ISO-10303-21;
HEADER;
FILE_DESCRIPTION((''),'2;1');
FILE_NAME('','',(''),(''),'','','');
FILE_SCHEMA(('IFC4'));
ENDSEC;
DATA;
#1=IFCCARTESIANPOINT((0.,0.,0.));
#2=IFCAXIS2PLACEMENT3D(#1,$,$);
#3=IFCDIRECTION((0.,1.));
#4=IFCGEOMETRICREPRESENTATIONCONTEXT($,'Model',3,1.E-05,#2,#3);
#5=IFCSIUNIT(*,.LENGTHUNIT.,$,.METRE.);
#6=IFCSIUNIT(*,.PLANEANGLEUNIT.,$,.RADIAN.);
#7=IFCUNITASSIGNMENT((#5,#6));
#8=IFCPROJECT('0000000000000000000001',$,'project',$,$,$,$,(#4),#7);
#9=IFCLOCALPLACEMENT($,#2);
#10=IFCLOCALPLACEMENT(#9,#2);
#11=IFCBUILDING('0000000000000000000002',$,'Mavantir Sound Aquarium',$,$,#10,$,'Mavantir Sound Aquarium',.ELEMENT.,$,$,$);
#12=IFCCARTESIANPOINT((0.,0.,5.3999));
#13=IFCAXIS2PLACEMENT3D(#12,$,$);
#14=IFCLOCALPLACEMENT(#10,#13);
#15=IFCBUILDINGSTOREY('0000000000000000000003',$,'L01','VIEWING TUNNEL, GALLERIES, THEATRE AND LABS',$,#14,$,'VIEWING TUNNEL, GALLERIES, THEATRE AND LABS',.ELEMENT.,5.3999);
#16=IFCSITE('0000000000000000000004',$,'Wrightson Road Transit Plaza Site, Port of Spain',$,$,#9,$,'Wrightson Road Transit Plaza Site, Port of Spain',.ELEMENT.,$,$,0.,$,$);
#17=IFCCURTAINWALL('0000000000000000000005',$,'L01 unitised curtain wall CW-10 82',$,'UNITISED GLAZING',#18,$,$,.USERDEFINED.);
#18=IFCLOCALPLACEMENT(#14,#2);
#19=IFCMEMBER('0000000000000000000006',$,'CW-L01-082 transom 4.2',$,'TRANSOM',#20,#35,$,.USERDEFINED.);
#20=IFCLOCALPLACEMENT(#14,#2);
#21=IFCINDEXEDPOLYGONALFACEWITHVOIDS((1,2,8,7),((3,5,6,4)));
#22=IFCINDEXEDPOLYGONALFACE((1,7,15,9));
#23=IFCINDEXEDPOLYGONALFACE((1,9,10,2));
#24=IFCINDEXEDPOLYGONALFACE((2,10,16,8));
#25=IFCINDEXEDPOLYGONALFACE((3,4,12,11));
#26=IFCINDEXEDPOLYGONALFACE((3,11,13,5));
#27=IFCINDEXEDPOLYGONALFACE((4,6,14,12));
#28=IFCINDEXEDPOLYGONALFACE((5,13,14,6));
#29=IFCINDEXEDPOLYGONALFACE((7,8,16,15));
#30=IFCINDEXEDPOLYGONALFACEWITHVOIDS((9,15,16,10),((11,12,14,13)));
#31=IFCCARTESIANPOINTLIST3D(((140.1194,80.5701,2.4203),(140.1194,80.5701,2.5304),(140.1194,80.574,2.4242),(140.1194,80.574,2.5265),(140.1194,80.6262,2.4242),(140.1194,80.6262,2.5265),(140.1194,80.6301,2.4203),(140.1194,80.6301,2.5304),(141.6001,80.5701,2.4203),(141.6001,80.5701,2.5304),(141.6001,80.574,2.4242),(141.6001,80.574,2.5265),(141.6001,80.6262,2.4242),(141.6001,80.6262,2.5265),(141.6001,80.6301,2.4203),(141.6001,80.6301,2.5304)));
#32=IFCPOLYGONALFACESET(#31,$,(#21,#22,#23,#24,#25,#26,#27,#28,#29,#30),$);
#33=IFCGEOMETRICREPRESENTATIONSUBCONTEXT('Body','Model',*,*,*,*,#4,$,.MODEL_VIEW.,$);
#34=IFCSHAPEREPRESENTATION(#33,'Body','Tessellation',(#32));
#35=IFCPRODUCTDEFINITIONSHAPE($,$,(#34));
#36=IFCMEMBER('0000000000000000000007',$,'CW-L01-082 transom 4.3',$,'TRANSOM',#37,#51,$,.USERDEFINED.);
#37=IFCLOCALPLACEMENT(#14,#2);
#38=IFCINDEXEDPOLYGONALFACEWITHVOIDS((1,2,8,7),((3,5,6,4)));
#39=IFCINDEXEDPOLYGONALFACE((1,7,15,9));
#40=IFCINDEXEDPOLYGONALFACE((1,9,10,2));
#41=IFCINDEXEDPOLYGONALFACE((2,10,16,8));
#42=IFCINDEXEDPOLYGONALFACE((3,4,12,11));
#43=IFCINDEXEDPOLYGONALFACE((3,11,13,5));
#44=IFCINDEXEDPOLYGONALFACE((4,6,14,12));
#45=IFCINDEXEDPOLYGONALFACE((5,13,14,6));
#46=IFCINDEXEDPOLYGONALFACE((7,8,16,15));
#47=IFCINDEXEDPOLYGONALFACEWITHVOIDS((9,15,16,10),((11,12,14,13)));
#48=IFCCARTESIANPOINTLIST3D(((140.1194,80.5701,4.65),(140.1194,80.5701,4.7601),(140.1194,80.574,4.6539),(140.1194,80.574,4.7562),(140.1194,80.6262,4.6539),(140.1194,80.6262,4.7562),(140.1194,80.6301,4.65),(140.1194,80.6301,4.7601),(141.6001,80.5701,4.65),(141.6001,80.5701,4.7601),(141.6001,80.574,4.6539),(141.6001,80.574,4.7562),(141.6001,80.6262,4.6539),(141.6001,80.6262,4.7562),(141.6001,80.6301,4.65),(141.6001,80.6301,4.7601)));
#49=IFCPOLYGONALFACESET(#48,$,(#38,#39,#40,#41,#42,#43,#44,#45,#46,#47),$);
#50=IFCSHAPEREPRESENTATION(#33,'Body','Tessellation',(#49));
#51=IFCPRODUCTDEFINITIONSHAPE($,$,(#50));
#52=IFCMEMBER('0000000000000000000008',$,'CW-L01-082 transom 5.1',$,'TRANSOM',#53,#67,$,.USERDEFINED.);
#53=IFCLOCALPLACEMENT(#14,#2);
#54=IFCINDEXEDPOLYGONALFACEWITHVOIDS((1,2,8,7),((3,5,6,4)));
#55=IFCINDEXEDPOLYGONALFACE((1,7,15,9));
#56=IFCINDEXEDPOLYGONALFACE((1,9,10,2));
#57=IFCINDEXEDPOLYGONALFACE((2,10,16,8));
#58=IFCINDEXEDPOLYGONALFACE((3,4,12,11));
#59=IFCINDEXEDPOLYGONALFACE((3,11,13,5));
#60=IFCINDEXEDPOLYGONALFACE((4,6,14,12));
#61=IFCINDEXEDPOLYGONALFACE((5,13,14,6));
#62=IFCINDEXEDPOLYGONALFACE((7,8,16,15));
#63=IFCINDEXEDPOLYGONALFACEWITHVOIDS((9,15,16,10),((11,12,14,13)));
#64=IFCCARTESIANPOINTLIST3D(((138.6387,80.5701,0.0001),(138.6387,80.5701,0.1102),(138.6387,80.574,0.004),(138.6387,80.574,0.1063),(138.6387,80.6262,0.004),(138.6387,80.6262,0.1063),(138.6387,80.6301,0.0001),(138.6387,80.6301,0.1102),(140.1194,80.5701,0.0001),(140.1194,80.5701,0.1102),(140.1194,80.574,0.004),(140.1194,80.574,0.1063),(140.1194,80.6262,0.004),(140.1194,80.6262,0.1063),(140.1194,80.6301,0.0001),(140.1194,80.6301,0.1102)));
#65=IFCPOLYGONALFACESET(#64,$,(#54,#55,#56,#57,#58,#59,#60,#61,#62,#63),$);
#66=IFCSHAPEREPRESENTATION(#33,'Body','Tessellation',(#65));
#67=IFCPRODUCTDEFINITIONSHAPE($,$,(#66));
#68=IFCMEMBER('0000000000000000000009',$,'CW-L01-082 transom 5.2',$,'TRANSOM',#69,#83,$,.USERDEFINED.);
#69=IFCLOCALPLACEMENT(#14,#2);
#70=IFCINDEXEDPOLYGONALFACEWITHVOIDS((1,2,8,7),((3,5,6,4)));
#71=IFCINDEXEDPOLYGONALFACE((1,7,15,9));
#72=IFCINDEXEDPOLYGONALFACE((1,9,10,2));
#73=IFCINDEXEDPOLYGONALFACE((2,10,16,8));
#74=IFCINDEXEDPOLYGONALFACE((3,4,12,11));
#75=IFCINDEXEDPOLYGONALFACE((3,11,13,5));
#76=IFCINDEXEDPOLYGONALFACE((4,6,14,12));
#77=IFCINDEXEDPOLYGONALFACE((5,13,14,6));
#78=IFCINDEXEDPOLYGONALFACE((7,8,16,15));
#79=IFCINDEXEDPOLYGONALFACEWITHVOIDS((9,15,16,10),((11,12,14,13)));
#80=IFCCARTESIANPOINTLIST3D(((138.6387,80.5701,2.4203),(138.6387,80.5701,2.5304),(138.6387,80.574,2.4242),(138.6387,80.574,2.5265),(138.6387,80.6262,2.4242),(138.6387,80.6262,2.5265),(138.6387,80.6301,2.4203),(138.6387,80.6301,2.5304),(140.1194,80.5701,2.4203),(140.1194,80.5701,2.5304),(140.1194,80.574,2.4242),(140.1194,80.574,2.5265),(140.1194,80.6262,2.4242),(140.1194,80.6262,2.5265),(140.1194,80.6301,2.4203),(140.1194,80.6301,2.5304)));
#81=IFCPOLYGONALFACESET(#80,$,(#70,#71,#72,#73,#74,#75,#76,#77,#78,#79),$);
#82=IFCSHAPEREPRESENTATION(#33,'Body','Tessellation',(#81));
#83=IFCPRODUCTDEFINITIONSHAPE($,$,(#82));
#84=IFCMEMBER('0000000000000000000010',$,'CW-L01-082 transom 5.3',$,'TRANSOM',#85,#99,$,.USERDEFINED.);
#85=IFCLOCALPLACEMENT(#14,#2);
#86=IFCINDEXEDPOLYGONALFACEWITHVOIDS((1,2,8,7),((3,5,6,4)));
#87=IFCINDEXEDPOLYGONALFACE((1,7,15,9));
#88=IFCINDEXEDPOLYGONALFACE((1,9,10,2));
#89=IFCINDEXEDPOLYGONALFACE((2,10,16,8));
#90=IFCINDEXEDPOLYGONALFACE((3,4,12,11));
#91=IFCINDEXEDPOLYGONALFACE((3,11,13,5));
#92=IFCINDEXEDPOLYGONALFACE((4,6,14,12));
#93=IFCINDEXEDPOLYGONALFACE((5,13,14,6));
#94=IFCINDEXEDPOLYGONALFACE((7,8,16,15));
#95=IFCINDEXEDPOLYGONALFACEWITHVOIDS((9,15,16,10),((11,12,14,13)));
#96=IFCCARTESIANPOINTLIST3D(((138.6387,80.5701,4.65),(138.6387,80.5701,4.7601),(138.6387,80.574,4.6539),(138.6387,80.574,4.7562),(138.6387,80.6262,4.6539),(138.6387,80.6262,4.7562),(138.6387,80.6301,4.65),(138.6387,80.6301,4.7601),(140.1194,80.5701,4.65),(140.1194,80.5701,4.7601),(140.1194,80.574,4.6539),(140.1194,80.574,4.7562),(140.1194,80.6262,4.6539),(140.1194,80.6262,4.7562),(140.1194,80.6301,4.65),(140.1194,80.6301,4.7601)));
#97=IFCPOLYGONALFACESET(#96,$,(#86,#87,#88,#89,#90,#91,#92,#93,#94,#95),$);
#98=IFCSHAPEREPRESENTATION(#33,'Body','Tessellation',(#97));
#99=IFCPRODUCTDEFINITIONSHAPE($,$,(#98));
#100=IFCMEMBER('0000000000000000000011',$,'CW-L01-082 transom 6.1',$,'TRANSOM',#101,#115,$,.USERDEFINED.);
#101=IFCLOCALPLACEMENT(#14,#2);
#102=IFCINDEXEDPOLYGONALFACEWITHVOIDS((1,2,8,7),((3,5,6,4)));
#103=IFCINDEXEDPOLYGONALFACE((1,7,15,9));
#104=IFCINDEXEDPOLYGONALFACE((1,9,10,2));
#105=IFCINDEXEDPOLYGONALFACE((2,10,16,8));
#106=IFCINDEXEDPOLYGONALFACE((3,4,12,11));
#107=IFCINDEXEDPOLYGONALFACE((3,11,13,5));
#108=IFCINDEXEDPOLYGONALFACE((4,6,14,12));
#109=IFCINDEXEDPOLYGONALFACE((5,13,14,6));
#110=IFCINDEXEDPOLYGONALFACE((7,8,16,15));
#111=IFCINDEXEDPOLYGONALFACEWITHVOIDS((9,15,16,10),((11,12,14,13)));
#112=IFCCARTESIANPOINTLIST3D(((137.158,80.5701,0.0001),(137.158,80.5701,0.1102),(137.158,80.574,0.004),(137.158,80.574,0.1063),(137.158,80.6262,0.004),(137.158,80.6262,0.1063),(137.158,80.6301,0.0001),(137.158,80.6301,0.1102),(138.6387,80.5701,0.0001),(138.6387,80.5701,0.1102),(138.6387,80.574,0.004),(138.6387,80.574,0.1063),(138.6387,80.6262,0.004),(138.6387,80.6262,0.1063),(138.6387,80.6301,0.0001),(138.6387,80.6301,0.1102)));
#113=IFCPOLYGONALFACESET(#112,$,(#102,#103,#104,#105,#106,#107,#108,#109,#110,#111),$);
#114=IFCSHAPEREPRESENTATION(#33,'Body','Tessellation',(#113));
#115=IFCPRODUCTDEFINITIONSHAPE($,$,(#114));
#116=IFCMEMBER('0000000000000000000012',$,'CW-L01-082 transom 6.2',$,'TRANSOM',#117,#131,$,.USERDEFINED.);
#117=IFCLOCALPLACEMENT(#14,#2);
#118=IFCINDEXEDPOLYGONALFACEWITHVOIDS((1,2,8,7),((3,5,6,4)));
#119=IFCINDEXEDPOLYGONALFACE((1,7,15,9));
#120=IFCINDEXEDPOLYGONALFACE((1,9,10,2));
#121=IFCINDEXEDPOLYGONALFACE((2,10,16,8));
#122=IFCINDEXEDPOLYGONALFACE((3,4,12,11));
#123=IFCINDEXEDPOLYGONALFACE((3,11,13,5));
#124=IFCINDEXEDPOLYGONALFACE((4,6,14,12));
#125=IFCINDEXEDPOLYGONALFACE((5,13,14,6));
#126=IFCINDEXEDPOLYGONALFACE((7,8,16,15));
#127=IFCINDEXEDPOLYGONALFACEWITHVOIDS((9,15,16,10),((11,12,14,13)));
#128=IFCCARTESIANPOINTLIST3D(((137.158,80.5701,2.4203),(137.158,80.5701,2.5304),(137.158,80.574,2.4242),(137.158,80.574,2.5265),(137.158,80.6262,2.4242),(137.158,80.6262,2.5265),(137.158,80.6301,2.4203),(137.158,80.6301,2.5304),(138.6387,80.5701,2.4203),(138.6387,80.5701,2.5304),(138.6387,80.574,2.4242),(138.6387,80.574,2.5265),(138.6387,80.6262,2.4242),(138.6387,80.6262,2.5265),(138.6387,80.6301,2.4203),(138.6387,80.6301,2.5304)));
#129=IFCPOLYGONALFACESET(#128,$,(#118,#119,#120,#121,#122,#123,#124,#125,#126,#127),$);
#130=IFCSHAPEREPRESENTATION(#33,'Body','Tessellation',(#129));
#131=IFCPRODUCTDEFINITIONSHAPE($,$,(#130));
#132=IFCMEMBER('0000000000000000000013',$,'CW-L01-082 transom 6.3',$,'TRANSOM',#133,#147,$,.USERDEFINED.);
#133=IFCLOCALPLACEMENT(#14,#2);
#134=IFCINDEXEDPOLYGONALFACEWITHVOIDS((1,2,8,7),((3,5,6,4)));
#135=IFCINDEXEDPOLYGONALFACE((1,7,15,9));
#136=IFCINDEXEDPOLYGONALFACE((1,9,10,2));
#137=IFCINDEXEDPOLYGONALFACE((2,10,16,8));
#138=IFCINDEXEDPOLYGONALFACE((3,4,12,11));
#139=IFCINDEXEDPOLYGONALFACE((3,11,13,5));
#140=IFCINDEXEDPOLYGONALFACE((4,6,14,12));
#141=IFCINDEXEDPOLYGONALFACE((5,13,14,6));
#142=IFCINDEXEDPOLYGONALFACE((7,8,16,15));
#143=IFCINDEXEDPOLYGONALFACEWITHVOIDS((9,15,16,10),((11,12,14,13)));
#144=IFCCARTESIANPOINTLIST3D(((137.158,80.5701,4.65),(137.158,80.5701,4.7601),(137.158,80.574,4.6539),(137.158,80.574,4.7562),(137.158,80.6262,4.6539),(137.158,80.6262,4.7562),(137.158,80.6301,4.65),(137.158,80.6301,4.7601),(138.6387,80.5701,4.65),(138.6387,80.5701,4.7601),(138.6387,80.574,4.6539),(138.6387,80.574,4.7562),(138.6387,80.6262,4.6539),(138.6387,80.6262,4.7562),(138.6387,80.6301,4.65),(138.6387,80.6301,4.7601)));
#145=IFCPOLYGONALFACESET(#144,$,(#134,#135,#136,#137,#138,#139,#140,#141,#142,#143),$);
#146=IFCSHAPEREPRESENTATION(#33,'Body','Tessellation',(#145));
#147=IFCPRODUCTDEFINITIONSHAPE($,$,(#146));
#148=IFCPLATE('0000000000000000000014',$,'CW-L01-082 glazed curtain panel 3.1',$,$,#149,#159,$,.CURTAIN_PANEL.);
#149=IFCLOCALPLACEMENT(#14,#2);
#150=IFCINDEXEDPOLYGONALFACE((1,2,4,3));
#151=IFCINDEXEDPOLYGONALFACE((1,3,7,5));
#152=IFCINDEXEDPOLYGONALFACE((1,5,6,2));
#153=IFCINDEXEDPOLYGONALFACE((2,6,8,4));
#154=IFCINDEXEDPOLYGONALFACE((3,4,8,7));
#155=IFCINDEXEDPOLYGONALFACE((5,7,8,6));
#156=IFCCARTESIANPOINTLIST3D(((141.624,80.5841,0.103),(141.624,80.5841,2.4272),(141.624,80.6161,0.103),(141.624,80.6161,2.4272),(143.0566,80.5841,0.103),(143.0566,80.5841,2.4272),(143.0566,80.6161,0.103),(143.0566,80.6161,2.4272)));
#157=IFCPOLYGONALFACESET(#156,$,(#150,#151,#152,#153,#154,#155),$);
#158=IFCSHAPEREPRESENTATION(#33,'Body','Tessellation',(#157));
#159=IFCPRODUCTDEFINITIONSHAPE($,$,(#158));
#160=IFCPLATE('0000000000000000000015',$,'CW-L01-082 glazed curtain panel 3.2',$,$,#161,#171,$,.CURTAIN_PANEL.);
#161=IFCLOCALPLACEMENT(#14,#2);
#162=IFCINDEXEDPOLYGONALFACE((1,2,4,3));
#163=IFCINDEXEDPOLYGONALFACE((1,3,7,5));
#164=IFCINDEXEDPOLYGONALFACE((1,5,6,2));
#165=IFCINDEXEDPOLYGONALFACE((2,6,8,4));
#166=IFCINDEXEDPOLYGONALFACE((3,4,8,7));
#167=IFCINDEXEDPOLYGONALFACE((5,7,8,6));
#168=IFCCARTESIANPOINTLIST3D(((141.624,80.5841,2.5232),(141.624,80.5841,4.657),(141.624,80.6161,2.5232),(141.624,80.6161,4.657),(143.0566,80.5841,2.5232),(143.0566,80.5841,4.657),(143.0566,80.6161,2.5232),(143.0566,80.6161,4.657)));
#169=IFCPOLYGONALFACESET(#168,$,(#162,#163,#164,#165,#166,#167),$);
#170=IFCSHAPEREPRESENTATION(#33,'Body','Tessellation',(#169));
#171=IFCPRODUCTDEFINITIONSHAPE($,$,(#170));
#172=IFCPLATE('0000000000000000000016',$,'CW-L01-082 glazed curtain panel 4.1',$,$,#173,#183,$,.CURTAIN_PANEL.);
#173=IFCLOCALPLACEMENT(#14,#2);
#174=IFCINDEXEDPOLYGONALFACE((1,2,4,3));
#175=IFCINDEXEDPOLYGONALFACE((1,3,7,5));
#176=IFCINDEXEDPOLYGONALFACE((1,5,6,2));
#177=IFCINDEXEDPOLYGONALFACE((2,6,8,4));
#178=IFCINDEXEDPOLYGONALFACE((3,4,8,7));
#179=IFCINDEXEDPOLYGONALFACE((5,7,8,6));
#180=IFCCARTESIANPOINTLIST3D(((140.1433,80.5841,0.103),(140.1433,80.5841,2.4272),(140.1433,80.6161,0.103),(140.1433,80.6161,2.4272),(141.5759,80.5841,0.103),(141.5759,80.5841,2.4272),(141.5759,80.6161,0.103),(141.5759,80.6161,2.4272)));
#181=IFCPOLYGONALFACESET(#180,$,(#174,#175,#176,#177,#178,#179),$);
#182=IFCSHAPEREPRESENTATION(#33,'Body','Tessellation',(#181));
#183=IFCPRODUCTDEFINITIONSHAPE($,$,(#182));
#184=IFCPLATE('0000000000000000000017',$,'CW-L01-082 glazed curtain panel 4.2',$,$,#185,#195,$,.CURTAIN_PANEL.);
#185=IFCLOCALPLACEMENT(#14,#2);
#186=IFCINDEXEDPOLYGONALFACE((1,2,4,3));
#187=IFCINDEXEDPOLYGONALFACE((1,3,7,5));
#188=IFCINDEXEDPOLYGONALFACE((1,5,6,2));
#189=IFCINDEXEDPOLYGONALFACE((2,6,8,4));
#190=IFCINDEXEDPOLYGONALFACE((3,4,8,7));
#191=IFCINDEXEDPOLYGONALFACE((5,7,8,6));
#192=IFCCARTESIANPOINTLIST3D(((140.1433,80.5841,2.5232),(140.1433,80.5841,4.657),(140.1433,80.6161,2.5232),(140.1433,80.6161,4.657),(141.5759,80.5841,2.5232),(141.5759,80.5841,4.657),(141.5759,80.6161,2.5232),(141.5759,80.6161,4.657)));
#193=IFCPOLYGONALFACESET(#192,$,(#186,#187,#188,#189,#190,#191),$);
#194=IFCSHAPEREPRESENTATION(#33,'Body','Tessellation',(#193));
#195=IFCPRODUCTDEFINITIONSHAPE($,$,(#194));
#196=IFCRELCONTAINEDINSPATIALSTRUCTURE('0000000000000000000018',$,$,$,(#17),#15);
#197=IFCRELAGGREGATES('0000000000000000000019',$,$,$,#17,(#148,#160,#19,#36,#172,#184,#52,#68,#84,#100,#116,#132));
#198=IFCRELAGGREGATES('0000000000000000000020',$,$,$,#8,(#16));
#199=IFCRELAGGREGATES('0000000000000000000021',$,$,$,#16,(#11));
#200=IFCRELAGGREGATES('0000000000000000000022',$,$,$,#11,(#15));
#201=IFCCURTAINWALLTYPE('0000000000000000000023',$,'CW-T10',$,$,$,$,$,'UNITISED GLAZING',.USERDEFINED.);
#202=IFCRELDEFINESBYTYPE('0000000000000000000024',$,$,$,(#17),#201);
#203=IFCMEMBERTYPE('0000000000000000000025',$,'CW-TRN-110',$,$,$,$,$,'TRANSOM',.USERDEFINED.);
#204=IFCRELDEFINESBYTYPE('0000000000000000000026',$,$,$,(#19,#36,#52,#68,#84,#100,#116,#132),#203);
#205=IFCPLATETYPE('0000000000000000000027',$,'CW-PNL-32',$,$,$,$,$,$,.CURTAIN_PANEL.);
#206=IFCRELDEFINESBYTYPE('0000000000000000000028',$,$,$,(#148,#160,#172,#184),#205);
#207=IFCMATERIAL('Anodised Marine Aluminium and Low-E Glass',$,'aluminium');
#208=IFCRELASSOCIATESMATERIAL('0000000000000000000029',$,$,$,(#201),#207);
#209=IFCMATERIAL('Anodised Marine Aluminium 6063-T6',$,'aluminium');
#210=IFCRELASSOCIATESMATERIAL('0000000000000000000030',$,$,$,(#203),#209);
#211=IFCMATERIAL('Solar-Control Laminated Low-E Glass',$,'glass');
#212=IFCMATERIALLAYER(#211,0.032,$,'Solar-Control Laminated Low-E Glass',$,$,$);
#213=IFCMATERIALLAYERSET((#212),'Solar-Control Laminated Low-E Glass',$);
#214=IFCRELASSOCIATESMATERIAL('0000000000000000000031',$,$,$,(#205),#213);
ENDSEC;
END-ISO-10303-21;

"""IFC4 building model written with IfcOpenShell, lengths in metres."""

from ifc_helpers import new_model, si_unit, direction, frame, origin, origin_2d, place, context, subcontext, project, spatial, rectangle, hollow_rectangle, extrude, material, layer, layer_set, material_profile, profile_set, type_object, element, aggregate, save


model = new_model("IFC4")

# Units and contexts
model_context = context("Model", 3, precision=1e-05, world=origin(), true_north=direction((0.0, 1.0)))
body_context = subcontext(model_context, "Body", "Model", "MODEL_VIEW")
ifc_project = project(units=[si_unit("LENGTHUNIT", "METRE"), si_unit("PLANEANGLEUNIT", "RADIAN")], contexts=[model_context])

# Site, building, storey
site_placement = place(None, origin())
site = spatial("IfcSite", under=ifc_project, at=site_placement, Name="Wrightson Road Transit Plaza Site, Port of Spain", LongName="Wrightson Road Transit Plaza Site, Port of Spain", CompositionType="ELEMENT", RefElevation=0.0)
building_placement = place(site_placement, origin())
building = spatial("IfcBuilding", under=site, at=building_placement, Name="Mavantir Sound Aquarium", LongName="Mavantir Sound Aquarium", CompositionType="ELEMENT")
storey_placement = place(building_placement, frame((0.0, 0.0, 5.3999)))
storey = spatial("IfcBuildingStorey", under=building, at=storey_placement, Name="L01", Description="VIEWING TUNNEL, GALLERIES, THEATRE AND LABS", LongName="VIEWING TUNNEL, GALLERIES, THEATRE AND LABS", CompositionType="ELEMENT", Elevation=5.3999)

# Curtain wall, members, plates
ifc_material_1 = material(Name="Anodised Marine Aluminium and Low-E Glass", Category="aluminium")
curtain_wall_type = type_object("IfcCurtainWallType", Name="CW-T10", ElementType="UNITISED GLAZING", PredefinedType="USERDEFINED", material=ifc_material_1)
curtain_wall_placement = place(storey_placement, origin())
curtain_wall = element("IfcCurtainWall", 1, at=curtain_wall_placement, inside=storey, type_object=curtain_wall_type, Name="L01 unitised curtain wall CW-10 82", ObjectType="UNITISED GLAZING", PredefinedType="USERDEFINED")
ifc_material_2 = material(Name="Anodised Marine Aluminium 6063-T6", Category="aluminium")
ifc_material_profile_1 = material_profile(ifc_material_2, hollow_rectangle(XDim=0.0601, YDim=0.1101, WallThickness=0.0039, at=origin_2d()), Name="ALU-TRANSOM-110X60")
ifc_profile_set_1 = profile_set([ifc_material_profile_1], Name="Anodised Marine Aluminium 6063-T6")
member_type_1 = type_object("IfcMemberType", Name="CW-TRN-110", ElementType="TRANSOM", PredefinedType="USERDEFINED", material=ifc_profile_set_1)
member_1_placement = place(storey_placement, frame((141.6001, 80.6001, 2.4753), z_axis=(-1.0, 0.0, 0.0), x_axis=(0.0, -1.0, 0.0)))
member_1 = element("IfcMember", 2, at=member_1_placement, type_object=member_type_1, Name="CW-L01-082 transom 4.2", ObjectType="TRANSOM", PredefinedType="USERDEFINED", context=body_context, shape_type="SweptSolid", body=[
    extrude(hollow_rectangle(XDim=0.0601, YDim=0.1101, WallThickness=0.0039, at=origin_2d()), origin(), (0.0, 0.0, 1.0), 1.4807),
])
member_2_placement = place(storey_placement, frame((141.6001, 80.6001, 4.7051), z_axis=(-1.0, 0.0, 0.0), x_axis=(0.0, -1.0, 0.0)))
member_2 = element("IfcMember", 3, at=member_2_placement, type_object=member_type_1, Name="CW-L01-082 transom 4.3", ObjectType="TRANSOM", PredefinedType="USERDEFINED", context=body_context, shape_type="SweptSolid", body=[
    extrude(hollow_rectangle(XDim=0.0601, YDim=0.1101, WallThickness=0.0039, at=origin_2d()), origin(), (0.0, 0.0, 1.0), 1.4807),
])
member_3_placement = place(storey_placement, frame((140.1194, 80.6001, 0.0552), z_axis=(-1.0, 0.0, 0.0), x_axis=(0.0, -1.0, 0.0)))
member_3 = element("IfcMember", 4, at=member_3_placement, type_object=member_type_1, Name="CW-L01-082 transom 5.1", ObjectType="TRANSOM", PredefinedType="USERDEFINED", context=body_context, shape_type="SweptSolid", body=[
    extrude(hollow_rectangle(XDim=0.0601, YDim=0.1101, WallThickness=0.0039, at=origin_2d()), origin(), (0.0, 0.0, 1.0), 1.4807),
])
member_4_placement = place(storey_placement, frame((140.1194, 80.6001, 2.4753), z_axis=(-1.0, 0.0, 0.0), x_axis=(0.0, -1.0, 0.0)))
member_4 = element("IfcMember", 5, at=member_4_placement, type_object=member_type_1, Name="CW-L01-082 transom 5.2", ObjectType="TRANSOM", PredefinedType="USERDEFINED", context=body_context, shape_type="SweptSolid", body=[
    extrude(hollow_rectangle(XDim=0.0601, YDim=0.1101, WallThickness=0.0039, at=origin_2d()), origin(), (0.0, 0.0, 1.0), 1.4807),
])
member_5_placement = place(storey_placement, frame((140.1194, 80.6001, 4.7051), z_axis=(-1.0, 0.0, 0.0), x_axis=(0.0, -1.0, 0.0)))
member_5 = element("IfcMember", 6, at=member_5_placement, type_object=member_type_1, Name="CW-L01-082 transom 5.3", ObjectType="TRANSOM", PredefinedType="USERDEFINED", context=body_context, shape_type="SweptSolid", body=[
    extrude(hollow_rectangle(XDim=0.0601, YDim=0.1101, WallThickness=0.0039, at=origin_2d()), origin(), (0.0, 0.0, 1.0), 1.4807),
])
member_6_placement = place(storey_placement, frame((138.6387, 80.6001, 0.0552), z_axis=(-1.0, 0.0, 0.0), x_axis=(0.0, -1.0, 0.0)))
member_6 = element("IfcMember", 7, at=member_6_placement, type_object=member_type_1, Name="CW-L01-082 transom 6.1", ObjectType="TRANSOM", PredefinedType="USERDEFINED", context=body_context, shape_type="SweptSolid", body=[
    extrude(hollow_rectangle(XDim=0.0601, YDim=0.1101, WallThickness=0.0039, at=origin_2d()), origin(), (0.0, 0.0, 1.0), 1.4807),
])
member_7_placement = place(storey_placement, frame((138.6387, 80.6001, 2.4753), z_axis=(-1.0, 0.0, 0.0), x_axis=(0.0, -1.0, 0.0)))
member_7 = element("IfcMember", 8, at=member_7_placement, type_object=member_type_1, Name="CW-L01-082 transom 6.2", ObjectType="TRANSOM", PredefinedType="USERDEFINED", context=body_context, shape_type="SweptSolid", body=[
    extrude(hollow_rectangle(XDim=0.0601, YDim=0.1101, WallThickness=0.0039, at=origin_2d()), origin(), (0.0, 0.0, 1.0), 1.4807),
])
member_8_placement = place(storey_placement, frame((138.6387, 80.6001, 4.7051), z_axis=(-1.0, 0.0, 0.0), x_axis=(0.0, -1.0, 0.0)))
member_8 = element("IfcMember", 9, at=member_8_placement, type_object=member_type_1, Name="CW-L01-082 transom 6.3", ObjectType="TRANSOM", PredefinedType="USERDEFINED", context=body_context, shape_type="SweptSolid", body=[
    extrude(hollow_rectangle(XDim=0.0601, YDim=0.1101, WallThickness=0.0039, at=origin_2d()), origin(), (0.0, 0.0, 1.0), 1.4807),
])
ifc_material_3 = material(Name="Solar-Control Laminated Low-E Glass", Category="glass")
ifc_layer = layer(ifc_material_3, 0.032, Name="Solar-Control Laminated Low-E Glass")
ifc_layer_set = layer_set([ifc_layer], Name="Solar-Control Laminated Low-E Glass")
plate_type = type_object("IfcPlateType", Name="CW-PNL-32", PredefinedType="CURTAIN_PANEL", material=ifc_layer_set)
plate_1_placement = place(storey_placement, frame((142.3403, 80.6001, 0.103), z_axis=(0.0, 0.0, 1.0), x_axis=(-1.0, 0.0, 0.0)))
plate_1 = element("IfcPlate", 10, at=plate_1_placement, type_object=plate_type, Name="CW-L01-082 glazed curtain panel 3.1", PredefinedType="CURTAIN_PANEL", context=body_context, shape_type="SweptSolid", body=[
    extrude(rectangle(XDim=1.4326, YDim=0.032, at=origin_2d()), origin(), (0.0, 0.0, 1.0), 2.3242),
])
plate_2_placement = place(storey_placement, frame((142.3403, 80.6001, 2.5232), z_axis=(0.0, 0.0, 1.0), x_axis=(-1.0, 0.0, 0.0)))
plate_2 = element("IfcPlate", 11, at=plate_2_placement, type_object=plate_type, Name="CW-L01-082 glazed curtain panel 3.2", PredefinedType="CURTAIN_PANEL", context=body_context, shape_type="SweptSolid", body=[
    extrude(rectangle(XDim=1.4326, YDim=0.032, at=origin_2d()), origin(), (0.0, 0.0, 1.0), 2.1338),
])
plate_3_placement = place(storey_placement, frame((140.8596, 80.6001, 0.103), z_axis=(0.0, 0.0, 1.0), x_axis=(-1.0, 0.0, 0.0)))
plate_3 = element("IfcPlate", 12, at=plate_3_placement, type_object=plate_type, Name="CW-L01-082 glazed curtain panel 4.1", PredefinedType="CURTAIN_PANEL", context=body_context, shape_type="SweptSolid", body=[
    extrude(rectangle(XDim=1.4326, YDim=0.032, at=origin_2d()), origin(), (0.0, 0.0, 1.0), 2.3242),
])
plate_4_placement = place(storey_placement, frame((140.8596, 80.6001, 2.5232), z_axis=(0.0, 0.0, 1.0), x_axis=(-1.0, 0.0, 0.0)))
plate_4 = element("IfcPlate", 13, at=plate_4_placement, type_object=plate_type, Name="CW-L01-082 glazed curtain panel 4.2", PredefinedType="CURTAIN_PANEL", context=body_context, shape_type="SweptSolid", body=[
    extrude(rectangle(XDim=1.4326, YDim=0.032, at=origin_2d()), origin(), (0.0, 0.0, 1.0), 2.1338),
])
aggregate(curtain_wall, [plate_1, plate_2, member_1, member_2, plate_3, plate_4, member_3, member_4, member_5, member_6, member_7, member_8])

save(model, "model.ifc")
